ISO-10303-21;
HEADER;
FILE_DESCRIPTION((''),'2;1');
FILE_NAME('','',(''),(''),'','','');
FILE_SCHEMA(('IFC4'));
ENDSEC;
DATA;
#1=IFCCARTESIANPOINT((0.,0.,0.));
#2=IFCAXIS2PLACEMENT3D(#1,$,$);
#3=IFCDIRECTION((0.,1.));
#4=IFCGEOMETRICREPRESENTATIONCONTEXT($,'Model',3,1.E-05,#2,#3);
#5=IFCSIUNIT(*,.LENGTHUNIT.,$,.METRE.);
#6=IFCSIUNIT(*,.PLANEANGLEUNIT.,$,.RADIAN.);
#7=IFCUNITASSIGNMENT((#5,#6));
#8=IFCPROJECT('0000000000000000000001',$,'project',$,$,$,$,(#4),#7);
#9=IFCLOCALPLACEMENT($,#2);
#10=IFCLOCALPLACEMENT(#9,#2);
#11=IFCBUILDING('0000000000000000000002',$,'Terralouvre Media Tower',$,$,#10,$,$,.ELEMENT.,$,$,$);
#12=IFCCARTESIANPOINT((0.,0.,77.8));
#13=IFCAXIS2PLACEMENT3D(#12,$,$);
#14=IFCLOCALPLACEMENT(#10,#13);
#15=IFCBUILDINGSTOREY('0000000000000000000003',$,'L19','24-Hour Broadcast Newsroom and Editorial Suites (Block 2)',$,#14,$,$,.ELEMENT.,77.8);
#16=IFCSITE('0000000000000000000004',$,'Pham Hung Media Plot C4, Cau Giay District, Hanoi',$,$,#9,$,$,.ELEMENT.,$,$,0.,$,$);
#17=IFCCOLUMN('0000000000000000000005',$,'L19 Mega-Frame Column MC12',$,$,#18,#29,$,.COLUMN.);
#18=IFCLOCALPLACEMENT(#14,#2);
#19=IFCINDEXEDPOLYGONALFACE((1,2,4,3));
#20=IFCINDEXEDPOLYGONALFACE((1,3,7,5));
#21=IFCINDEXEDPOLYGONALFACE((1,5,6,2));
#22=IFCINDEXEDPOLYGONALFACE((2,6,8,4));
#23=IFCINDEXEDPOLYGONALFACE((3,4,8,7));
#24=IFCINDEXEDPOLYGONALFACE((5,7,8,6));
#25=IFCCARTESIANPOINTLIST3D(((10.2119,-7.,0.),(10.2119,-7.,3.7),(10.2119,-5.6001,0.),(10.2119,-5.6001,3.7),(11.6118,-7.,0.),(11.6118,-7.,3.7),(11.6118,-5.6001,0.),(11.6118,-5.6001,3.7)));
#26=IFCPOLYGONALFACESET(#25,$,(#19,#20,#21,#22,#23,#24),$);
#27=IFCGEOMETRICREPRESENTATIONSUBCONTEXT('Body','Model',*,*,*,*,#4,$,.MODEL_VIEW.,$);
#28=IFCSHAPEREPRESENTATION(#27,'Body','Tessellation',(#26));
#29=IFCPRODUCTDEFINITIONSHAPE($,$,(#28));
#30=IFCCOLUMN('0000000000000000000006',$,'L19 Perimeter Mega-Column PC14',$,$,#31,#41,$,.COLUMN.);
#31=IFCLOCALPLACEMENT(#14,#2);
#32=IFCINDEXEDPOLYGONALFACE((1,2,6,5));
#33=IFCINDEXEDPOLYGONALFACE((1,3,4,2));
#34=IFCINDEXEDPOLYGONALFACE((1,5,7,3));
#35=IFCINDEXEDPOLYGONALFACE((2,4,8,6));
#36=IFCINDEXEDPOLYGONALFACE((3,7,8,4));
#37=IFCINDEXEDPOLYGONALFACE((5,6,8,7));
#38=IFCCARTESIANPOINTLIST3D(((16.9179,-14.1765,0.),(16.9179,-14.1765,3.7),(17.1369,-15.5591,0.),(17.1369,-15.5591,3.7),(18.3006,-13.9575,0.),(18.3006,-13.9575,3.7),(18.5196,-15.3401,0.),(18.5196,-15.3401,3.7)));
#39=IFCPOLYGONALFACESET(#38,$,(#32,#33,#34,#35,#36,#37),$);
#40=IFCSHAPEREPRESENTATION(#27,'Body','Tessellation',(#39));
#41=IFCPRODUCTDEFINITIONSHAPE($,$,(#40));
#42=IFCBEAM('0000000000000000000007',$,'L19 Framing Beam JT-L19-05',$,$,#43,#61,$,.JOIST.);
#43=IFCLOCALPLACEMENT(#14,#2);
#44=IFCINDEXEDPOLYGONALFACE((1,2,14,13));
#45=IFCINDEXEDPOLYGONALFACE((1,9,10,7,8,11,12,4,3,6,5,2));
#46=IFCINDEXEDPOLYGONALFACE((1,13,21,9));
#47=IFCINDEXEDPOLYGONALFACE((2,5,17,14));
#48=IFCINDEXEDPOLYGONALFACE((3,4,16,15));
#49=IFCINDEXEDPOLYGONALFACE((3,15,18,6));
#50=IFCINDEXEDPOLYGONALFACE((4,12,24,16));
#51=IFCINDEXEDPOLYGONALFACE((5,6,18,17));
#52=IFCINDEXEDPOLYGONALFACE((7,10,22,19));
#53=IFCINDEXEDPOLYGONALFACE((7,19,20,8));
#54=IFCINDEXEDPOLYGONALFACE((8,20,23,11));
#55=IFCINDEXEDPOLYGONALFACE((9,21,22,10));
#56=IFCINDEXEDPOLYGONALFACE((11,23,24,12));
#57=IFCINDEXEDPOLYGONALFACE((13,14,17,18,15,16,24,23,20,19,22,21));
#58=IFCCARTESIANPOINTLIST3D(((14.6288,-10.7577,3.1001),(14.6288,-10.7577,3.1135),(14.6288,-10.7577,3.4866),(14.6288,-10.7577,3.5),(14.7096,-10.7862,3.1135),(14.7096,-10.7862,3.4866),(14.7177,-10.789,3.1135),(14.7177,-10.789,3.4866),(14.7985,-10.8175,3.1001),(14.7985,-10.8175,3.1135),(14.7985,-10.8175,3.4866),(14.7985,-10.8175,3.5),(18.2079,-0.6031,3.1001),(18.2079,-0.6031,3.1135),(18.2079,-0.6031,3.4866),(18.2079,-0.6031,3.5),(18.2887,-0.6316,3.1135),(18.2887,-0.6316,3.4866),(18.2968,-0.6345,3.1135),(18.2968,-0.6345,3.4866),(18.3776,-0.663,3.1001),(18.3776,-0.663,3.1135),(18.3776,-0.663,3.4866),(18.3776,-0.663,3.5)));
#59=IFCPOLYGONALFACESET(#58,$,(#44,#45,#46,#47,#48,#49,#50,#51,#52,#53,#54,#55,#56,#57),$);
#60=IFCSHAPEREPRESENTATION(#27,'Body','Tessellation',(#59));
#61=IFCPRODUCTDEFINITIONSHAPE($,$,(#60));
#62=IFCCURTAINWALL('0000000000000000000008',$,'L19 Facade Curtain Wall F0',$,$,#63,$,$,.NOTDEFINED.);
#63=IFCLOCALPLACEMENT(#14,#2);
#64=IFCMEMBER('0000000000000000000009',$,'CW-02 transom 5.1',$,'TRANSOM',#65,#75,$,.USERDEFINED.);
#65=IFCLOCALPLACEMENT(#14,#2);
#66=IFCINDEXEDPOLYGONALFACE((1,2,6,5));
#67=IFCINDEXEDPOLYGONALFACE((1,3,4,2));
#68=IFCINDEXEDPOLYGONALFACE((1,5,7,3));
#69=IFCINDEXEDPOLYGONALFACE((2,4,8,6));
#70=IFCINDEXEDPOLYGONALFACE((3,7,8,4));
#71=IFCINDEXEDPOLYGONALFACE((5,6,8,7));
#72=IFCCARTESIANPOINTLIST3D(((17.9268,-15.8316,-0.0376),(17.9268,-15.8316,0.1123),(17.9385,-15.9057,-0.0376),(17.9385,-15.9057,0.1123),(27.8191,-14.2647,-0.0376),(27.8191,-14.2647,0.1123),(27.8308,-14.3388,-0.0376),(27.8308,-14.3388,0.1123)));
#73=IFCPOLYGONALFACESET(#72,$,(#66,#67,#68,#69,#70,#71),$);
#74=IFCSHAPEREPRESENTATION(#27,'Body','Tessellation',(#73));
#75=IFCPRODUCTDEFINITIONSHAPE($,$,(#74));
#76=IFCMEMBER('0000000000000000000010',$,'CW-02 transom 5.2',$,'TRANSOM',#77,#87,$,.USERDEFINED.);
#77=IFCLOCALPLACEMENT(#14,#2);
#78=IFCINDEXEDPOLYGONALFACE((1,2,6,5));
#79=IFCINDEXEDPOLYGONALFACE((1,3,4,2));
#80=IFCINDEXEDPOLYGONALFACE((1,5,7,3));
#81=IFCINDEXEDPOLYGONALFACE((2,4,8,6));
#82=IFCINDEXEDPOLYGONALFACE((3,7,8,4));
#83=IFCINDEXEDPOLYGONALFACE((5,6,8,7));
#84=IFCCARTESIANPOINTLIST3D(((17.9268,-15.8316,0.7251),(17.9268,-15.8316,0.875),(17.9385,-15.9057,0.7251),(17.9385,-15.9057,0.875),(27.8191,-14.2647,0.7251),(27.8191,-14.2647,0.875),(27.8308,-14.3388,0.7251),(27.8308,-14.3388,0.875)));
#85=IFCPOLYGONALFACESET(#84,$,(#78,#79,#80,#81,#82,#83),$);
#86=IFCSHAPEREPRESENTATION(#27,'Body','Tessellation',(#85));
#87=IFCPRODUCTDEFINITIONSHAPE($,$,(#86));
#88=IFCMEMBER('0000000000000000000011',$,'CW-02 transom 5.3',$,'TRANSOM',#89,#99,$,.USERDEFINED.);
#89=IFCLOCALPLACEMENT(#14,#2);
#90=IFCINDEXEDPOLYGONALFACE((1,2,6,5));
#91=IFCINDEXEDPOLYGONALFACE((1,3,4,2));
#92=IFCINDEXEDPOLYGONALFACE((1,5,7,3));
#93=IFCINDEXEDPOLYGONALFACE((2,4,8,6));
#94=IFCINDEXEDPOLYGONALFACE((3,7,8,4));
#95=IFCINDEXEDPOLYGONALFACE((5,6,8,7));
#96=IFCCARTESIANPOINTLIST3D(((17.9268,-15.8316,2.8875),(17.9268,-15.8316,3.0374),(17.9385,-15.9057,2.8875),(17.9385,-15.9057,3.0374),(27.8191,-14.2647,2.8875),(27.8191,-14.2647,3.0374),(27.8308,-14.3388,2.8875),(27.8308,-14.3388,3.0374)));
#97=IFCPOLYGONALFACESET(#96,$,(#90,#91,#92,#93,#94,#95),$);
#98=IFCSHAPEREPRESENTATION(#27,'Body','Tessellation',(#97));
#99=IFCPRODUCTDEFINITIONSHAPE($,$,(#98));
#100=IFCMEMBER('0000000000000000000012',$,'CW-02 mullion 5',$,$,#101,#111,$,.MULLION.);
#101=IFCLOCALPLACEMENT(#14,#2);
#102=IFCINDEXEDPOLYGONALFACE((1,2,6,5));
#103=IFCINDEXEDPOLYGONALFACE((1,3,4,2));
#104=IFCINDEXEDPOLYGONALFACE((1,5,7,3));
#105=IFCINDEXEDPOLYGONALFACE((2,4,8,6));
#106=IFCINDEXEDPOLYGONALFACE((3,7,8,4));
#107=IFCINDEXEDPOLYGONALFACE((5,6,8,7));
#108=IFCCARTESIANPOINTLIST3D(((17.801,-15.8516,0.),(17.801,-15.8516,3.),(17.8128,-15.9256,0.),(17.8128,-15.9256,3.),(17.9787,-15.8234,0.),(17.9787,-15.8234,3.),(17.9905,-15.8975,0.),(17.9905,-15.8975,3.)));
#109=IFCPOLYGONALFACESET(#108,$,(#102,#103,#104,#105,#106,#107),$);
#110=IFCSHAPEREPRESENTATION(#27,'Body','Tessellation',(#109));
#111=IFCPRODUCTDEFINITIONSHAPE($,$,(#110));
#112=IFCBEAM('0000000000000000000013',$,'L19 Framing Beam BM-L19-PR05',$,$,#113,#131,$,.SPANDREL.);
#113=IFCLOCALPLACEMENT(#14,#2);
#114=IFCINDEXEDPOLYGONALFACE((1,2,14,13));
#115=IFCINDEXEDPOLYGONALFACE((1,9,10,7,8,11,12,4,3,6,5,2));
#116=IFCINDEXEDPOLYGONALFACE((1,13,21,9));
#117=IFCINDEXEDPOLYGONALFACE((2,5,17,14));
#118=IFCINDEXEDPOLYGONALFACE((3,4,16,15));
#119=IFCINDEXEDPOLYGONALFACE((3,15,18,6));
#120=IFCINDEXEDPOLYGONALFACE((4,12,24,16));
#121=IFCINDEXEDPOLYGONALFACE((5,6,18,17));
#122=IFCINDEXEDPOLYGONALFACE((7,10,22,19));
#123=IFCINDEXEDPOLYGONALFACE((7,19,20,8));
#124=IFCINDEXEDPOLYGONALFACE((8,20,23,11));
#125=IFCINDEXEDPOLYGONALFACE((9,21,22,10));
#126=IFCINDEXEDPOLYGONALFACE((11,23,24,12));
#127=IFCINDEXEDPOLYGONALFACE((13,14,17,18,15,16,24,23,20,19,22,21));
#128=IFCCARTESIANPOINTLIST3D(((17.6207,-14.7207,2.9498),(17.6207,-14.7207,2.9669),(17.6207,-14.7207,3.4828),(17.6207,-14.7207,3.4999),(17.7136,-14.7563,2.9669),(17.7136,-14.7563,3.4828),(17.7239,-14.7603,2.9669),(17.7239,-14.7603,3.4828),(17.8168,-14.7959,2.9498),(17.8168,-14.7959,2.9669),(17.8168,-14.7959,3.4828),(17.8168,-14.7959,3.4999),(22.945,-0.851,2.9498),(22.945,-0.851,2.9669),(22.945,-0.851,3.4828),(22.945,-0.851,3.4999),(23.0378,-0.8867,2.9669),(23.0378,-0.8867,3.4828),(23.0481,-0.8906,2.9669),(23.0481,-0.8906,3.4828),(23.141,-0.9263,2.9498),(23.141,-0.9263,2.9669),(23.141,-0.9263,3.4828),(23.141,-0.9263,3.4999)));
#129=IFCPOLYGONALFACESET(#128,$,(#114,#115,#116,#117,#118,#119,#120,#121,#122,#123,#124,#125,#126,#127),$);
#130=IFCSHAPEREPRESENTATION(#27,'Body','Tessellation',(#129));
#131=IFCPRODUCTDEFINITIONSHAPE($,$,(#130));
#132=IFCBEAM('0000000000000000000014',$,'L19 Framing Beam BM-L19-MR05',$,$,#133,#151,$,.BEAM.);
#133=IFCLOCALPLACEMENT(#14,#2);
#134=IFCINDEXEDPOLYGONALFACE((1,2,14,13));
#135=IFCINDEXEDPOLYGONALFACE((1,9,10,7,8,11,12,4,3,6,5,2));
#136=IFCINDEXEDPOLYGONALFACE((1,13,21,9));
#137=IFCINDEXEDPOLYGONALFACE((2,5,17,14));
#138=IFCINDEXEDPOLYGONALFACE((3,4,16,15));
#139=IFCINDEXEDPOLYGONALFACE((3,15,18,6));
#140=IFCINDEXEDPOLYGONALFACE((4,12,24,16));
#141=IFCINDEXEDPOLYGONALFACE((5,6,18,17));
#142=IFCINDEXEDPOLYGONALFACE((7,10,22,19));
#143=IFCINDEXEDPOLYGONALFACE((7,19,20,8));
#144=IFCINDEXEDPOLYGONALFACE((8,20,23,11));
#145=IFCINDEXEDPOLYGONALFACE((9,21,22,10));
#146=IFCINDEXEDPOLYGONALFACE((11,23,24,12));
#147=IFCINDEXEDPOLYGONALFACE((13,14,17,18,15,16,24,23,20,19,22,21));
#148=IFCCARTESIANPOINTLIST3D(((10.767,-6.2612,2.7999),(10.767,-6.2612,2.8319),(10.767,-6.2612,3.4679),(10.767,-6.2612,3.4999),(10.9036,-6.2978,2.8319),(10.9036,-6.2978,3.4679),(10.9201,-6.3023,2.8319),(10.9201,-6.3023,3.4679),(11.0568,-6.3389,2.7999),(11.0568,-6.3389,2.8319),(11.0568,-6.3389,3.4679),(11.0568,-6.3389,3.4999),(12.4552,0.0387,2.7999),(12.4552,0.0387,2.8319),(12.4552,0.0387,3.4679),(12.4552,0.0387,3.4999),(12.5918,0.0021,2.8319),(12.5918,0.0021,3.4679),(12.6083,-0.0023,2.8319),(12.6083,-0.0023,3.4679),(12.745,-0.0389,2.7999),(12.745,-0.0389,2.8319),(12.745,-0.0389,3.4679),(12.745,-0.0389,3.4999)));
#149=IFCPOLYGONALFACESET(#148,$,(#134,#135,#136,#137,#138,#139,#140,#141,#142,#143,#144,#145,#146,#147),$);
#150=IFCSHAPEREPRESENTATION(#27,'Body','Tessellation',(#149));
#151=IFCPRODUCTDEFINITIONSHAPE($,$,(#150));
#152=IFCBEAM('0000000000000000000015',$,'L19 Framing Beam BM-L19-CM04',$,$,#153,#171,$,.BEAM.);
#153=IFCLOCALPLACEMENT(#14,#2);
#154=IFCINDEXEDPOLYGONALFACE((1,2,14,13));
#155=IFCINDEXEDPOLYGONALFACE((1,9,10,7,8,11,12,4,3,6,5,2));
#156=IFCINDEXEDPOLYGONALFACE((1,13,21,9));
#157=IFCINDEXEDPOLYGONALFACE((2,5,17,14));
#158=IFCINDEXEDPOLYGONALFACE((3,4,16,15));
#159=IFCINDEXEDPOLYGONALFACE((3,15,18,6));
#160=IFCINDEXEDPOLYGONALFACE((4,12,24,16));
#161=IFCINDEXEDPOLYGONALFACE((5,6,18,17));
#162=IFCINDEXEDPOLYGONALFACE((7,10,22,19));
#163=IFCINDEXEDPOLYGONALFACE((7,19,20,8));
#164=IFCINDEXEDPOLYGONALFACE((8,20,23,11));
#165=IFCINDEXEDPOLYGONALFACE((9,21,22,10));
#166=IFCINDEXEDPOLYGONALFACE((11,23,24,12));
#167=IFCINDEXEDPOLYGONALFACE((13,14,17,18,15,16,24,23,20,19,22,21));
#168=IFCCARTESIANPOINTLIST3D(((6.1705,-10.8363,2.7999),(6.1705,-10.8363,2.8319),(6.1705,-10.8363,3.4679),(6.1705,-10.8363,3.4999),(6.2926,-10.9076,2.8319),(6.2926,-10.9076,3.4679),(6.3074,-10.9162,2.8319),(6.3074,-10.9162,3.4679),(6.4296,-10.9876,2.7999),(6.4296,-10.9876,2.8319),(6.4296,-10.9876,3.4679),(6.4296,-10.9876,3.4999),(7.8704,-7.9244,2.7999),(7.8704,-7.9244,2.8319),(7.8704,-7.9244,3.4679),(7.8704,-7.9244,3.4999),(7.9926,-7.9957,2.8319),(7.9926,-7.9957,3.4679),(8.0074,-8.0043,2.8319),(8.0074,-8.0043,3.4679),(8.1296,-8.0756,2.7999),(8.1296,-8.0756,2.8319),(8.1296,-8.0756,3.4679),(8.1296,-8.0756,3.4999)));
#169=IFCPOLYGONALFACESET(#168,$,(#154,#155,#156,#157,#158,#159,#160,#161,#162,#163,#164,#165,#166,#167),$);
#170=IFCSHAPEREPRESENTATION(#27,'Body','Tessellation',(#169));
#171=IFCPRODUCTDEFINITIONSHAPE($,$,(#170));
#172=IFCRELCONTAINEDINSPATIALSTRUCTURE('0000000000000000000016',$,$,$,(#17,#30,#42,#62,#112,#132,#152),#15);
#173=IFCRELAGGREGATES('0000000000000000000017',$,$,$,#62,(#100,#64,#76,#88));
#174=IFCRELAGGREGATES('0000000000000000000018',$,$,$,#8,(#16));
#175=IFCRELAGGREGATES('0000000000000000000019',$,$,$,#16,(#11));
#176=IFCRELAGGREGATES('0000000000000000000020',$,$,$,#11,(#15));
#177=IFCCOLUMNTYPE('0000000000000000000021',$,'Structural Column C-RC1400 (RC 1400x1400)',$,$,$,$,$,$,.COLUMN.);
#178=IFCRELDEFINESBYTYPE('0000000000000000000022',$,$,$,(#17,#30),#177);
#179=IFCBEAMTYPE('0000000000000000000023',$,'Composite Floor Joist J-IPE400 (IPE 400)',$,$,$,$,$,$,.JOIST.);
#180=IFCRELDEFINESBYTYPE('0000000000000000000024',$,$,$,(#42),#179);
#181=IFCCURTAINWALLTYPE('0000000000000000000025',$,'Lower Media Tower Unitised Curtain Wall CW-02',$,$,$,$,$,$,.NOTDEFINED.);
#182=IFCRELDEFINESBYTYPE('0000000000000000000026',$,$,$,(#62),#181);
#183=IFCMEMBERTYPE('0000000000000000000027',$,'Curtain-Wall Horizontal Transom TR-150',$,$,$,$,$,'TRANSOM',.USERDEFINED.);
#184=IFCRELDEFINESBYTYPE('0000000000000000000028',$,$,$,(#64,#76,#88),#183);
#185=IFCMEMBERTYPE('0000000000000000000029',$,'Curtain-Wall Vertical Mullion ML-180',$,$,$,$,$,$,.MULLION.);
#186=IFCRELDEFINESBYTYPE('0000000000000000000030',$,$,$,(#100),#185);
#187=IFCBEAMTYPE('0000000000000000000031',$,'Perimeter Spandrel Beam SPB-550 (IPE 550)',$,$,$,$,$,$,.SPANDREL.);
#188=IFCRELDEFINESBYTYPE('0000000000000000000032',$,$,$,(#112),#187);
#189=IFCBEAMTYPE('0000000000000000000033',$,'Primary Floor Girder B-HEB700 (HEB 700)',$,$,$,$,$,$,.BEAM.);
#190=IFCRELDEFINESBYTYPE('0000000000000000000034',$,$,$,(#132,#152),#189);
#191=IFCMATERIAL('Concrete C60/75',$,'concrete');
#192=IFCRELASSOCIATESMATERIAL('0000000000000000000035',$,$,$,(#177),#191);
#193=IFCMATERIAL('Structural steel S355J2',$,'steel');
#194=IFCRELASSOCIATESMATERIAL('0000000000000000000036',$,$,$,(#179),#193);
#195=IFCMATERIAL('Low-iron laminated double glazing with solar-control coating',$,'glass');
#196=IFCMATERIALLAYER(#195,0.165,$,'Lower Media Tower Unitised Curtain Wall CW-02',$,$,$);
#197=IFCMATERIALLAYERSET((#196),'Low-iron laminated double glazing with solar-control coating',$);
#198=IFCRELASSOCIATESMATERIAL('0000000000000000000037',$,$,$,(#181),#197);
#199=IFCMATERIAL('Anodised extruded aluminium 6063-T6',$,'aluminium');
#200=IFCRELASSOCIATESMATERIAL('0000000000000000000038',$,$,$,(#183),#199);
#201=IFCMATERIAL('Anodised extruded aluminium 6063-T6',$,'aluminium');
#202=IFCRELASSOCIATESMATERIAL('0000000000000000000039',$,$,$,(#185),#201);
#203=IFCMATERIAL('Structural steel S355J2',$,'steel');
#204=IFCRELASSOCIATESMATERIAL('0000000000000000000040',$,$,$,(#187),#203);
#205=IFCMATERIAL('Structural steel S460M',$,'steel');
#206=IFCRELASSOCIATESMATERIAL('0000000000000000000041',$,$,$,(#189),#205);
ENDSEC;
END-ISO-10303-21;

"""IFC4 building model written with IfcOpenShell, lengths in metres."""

from ifc_helpers import new_model, si_unit, direction, frame, origin, origin_2d, place, context, subcontext, project, spatial, rectangle, i_section, extrude, material, layer, layer_set, material_profile, profile_set, type_object, element, aggregate, save


model = new_model("IFC4")

# Units and contexts
model_context = context("Model", 3, precision=1e-05, world=origin(), true_north=direction((0.0, 1.0)))
body_context = subcontext(model_context, "Body", "Model", "MODEL_VIEW")
ifc_project = project(units=[si_unit("LENGTHUNIT", "METRE"), si_unit("PLANEANGLEUNIT", "RADIAN")], contexts=[model_context])

# Site, building, storey
site_placement = place(None, origin())
site = spatial("IfcSite", under=ifc_project, at=site_placement, Name="Pham Hung Media Plot C4, Cau Giay District, Hanoi", CompositionType="ELEMENT", RefElevation=0.0)
building_placement = place(site_placement, origin())
building = spatial("IfcBuilding", under=site, at=building_placement, Name="Terralouvre Media Tower", CompositionType="ELEMENT")
storey_placement = place(building_placement, frame((0.0, 0.0, 77.8)))
storey = spatial("IfcBuildingStorey", under=building, at=storey_placement, Name="L19", Description="24-Hour Broadcast Newsroom and Editorial Suites (Block 2)", CompositionType="ELEMENT", Elevation=77.8)

# Columns
ifc_material_1 = material(Name="Concrete C60/75", Category="concrete")
ifc_material_profile_1 = material_profile(ifc_material_1, rectangle(XDim=1.3999, YDim=1.3999, at=origin_2d()), Name="RC 1400x1400")
ifc_profile_set_1 = profile_set([ifc_material_profile_1], Name="Concrete C60/75")
column_type = type_object("IfcColumnType", Name="Structural Column C-RC1400 (RC 1400x1400)", PredefinedType="COLUMN", material=ifc_profile_set_1)
for number, where, z_axis, x_axis, name in (
    (1, (10.9119, -6.3, 0.0), (0.0, 0.0, 1.0), (1.0, 0.0, 0.0), "L19 Mega-Frame Column MC12"),
    (2, (17.7188, -14.7583, 0.0), (0.0, 0.0, 1.0), (0.987688, 0.156434, 0.0), "L19 Perimeter Mega-Column PC14"),
):
    element("IfcColumn", number, at=place(storey_placement, frame(where, z_axis=z_axis, x_axis=x_axis)), inside=storey, type_object=column_type, Name=name, PredefinedType="COLUMN", context=body_context, shape_type="SweptSolid", body=[
        extrude(rectangle(XDim=1.3999, YDim=1.3999, at=origin_2d()), origin(), (0.0, 0.0, 1.0), 3.7),
    ])

# Beam
ifc_material_2 = material(Name="Structural steel S355J2", Category="steel")
ifc_material_profile_2 = material_profile(ifc_material_2, i_section(OverallWidth=0.1799, OverallDepth=0.3999, WebThickness=0.0085, FlangeThickness=0.0134, at=origin_2d()), Name="IPE 400")
ifc_profile_set_2 = profile_set([ifc_material_profile_2], Name="Structural steel S355J2")
beam_type_1 = type_object("IfcBeamType", Name="Composite Floor Joist J-IPE400 (IPE 400)", PredefinedType="JOIST", material=ifc_profile_set_2)
beam_1_placement = place(storey_placement, frame((14.7136, -10.7876, 3.3), z_axis=(0.332419, 0.943132, 0.0), x_axis=(-0.943132, 0.332419, 0.0)))
element("IfcBeam", 3, at=beam_1_placement, inside=storey, type_object=beam_type_1, Name="L19 Framing Beam JT-L19-05", PredefinedType="JOIST", context=body_context, shape_type="SweptSolid", body=[
    extrude(i_section(OverallWidth=0.1799, OverallDepth=0.3999, WebThickness=0.0085, FlangeThickness=0.0134, at=origin_2d()), origin(), (0.0, 0.0, 1.0), 10.7668),
])

# Curtain wall, members
ifc_material_3 = material(Name="Low-iron laminated double glazing with solar-control coating", Category="glass")
ifc_layer_1 = layer(ifc_material_3, 0.165, Name="Lower Media Tower Unitised Curtain Wall CW-02")
ifc_layer_set_1 = layer_set([ifc_layer_1], Name="Low-iron laminated double glazing with solar-control coating")
curtain_wall_type = type_object("IfcCurtainWallType", Name="Lower Media Tower Unitised Curtain Wall CW-02", PredefinedType="NOTDEFINED", material=ifc_layer_set_1)
curtain_wall_placement = place(storey_placement, origin())
curtain_wall = element("IfcCurtainWall", 4, at=curtain_wall_placement, inside=storey, type_object=curtain_wall_type, Name="L19 Facade Curtain Wall F0", PredefinedType="NOTDEFINED")
ifc_material_4 = material(Name="Anodised extruded aluminium 6063-T6", Category="aluminium")
ifc_material_profile_3 = material_profile(ifc_material_4, rectangle(XDim=0.075, YDim=0.1499, at=origin_2d()), Name="ALU 75x150")
ifc_profile_set_3 = profile_set([ifc_material_profile_3], Name="Anodised extruded aluminium 6063-T6")
member_type_1 = type_object("IfcMemberType", Name="Curtain-Wall Horizontal Transom TR-150", ElementType="TRANSOM", PredefinedType="USERDEFINED", material=ifc_profile_set_3)
member_1_placement = place(storey_placement, frame((17.9326, -15.8687, 0.0374), z_axis=(0.987687, 0.156444, 0.0), x_axis=(-0.156444, 0.987687, 0.0)))
member_1 = element("IfcMember", 5, at=member_1_placement, type_object=member_type_1, Name="CW-02 transom 5.1", ObjectType="TRANSOM", PredefinedType="USERDEFINED", context=body_context, shape_type="SweptSolid", body=[
    extrude(rectangle(XDim=0.075, YDim=0.1499, at=origin_2d()), origin(), (0.0, 0.0, 1.0), 10.0156),
])
member_2_placement = place(storey_placement, frame((17.9326, -15.8687, 0.8), z_axis=(0.987687, 0.156444, 0.0), x_axis=(-0.156444, 0.987687, 0.0)))
member_2 = element("IfcMember", 6, at=member_2_placement, type_object=member_type_1, Name="CW-02 transom 5.2", ObjectType="TRANSOM", PredefinedType="USERDEFINED", context=body_context, shape_type="SweptSolid", body=[
    extrude(rectangle(XDim=0.075, YDim=0.1499, at=origin_2d()), origin(), (0.0, 0.0, 1.0), 10.0156),
])
member_3_placement = place(storey_placement, frame((17.9326, -15.8687, 2.9624), z_axis=(0.987687, 0.156444, 0.0), x_axis=(-0.156444, 0.987687, 0.0)))
member_3 = element("IfcMember", 7, at=member_3_placement, type_object=member_type_1, Name="CW-02 transom 5.3", ObjectType="TRANSOM", PredefinedType="USERDEFINED", context=body_context, shape_type="SweptSolid", body=[
    extrude(rectangle(XDim=0.075, YDim=0.1499, at=origin_2d()), origin(), (0.0, 0.0, 1.0), 10.0156),
])
ifc_material_5 = material(Name="Anodised extruded aluminium 6063-T6", Category="aluminium")
ifc_material_profile_4 = material_profile(ifc_material_5, rectangle(XDim=0.075, YDim=0.1799, at=origin_2d()), Name="ALU 75x180")
ifc_profile_set_4 = profile_set([ifc_material_profile_4], Name="Anodised extruded aluminium 6063-T6")
member_type_2 = type_object("IfcMemberType", Name="Curtain-Wall Vertical Mullion ML-180", PredefinedType="MULLION", material=ifc_profile_set_4)
member_4_placement = place(storey_placement, frame((17.8958, -15.8745, 0.0), z_axis=(0.0, 0.0, 1.0), x_axis=(-0.156434, 0.987688, 0.0)))
member_4 = element("IfcMember", 8, at=member_4_placement, type_object=member_type_2, Name="CW-02 mullion 5", PredefinedType="MULLION", context=body_context, shape_type="SweptSolid", body=[
    extrude(rectangle(XDim=0.075, YDim=0.1799, at=origin_2d()), origin(), (0.0, 0.0, 1.0), 3.0),
])

# Beams
ifc_material_6 = material(Name="Structural steel S355J2", Category="steel")
ifc_material_profile_5 = material_profile(ifc_material_6, i_section(OverallWidth=0.21, OverallDepth=0.55, WebThickness=0.011, FlangeThickness=0.0171, at=origin_2d()), Name="IPE 550")
ifc_profile_set_5 = profile_set([ifc_material_profile_5], Name="Structural steel S355J2")
beam_type_2 = type_object("IfcBeamType", Name="Perimeter Spandrel Beam SPB-550 (IPE 550)", PredefinedType="SPANDREL", material=ifc_profile_set_5)
beam_2_placement = place(storey_placement, frame((17.7188, -14.7583, 3.2249), z_axis=(0.358378, 0.933577, 0.0), x_axis=(-0.933577, 0.358378, 0.0)))
element("IfcBeam", 9, at=beam_2_placement, inside=storey, type_object=beam_type_2, Name="L19 Framing Beam BM-L19-PR05", PredefinedType="SPANDREL", context=body_context, shape_type="SweptSolid", body=[
    extrude(i_section(OverallWidth=0.21, OverallDepth=0.55, WebThickness=0.011, FlangeThickness=0.0171, at=origin_2d()), origin(), (0.0, 0.0, 1.0), 14.8564),
])
ifc_material_7 = material(Name="Structural steel S460M", Category="steel")
ifc_material_profile_6 = material_profile(ifc_material_7, i_section(OverallWidth=0.3, OverallDepth=0.7, WebThickness=0.0171, FlangeThickness=0.032, at=origin_2d()), Name="HEB 700")
ifc_profile_set_6 = profile_set([ifc_material_profile_6], Name="Structural steel S460M")
beam_type_3 = type_object("IfcBeamType", Name="Primary Floor Girder B-HEB700 (HEB 700)", PredefinedType="BEAM", material=ifc_profile_set_6)
beam_3_placement = place(storey_placement, frame((10.9119, -6.3, 3.1499), z_axis=(0.258839, 0.96592, 0.0), x_axis=(-0.96592, 0.258839, 0.0)))
element("IfcBeam", 10, at=beam_3_placement, inside=storey, type_object=beam_type_3, Name="L19 Framing Beam BM-L19-MR05", PredefinedType="BEAM", context=body_context, shape_type="SweptSolid", body=[
    extrude(i_section(OverallWidth=0.3, OverallDepth=0.7, WebThickness=0.0171, FlangeThickness=0.032, at=origin_2d()), origin(), (0.0, 0.0, 1.0), 6.5222),
])
for number, where, z_axis, x_axis, name in (
    (11, (8.0, -8.0, 3.1499), (-0.504173, -0.863603, 0.0), (0.863603, -0.504173, 0.0), "L19 Framing Beam BM-L19-CM04"),
):
    element("IfcBeam", number, at=place(storey_placement, frame(where, z_axis=z_axis, x_axis=x_axis)), inside=storey, type_object=beam_type_3, Name=name, PredefinedType="BEAM", context=body_context, shape_type="SweptSolid", body=[
        extrude(i_section(OverallWidth=0.3, OverallDepth=0.7, WebThickness=0.0171, FlangeThickness=0.032, at=origin_2d()), origin(), (0.0, 0.0, 1.0), 3.3718),
    ])

aggregate(curtain_wall, [member_4, member_1, member_2, member_3])

save(model, "model.ifc")
